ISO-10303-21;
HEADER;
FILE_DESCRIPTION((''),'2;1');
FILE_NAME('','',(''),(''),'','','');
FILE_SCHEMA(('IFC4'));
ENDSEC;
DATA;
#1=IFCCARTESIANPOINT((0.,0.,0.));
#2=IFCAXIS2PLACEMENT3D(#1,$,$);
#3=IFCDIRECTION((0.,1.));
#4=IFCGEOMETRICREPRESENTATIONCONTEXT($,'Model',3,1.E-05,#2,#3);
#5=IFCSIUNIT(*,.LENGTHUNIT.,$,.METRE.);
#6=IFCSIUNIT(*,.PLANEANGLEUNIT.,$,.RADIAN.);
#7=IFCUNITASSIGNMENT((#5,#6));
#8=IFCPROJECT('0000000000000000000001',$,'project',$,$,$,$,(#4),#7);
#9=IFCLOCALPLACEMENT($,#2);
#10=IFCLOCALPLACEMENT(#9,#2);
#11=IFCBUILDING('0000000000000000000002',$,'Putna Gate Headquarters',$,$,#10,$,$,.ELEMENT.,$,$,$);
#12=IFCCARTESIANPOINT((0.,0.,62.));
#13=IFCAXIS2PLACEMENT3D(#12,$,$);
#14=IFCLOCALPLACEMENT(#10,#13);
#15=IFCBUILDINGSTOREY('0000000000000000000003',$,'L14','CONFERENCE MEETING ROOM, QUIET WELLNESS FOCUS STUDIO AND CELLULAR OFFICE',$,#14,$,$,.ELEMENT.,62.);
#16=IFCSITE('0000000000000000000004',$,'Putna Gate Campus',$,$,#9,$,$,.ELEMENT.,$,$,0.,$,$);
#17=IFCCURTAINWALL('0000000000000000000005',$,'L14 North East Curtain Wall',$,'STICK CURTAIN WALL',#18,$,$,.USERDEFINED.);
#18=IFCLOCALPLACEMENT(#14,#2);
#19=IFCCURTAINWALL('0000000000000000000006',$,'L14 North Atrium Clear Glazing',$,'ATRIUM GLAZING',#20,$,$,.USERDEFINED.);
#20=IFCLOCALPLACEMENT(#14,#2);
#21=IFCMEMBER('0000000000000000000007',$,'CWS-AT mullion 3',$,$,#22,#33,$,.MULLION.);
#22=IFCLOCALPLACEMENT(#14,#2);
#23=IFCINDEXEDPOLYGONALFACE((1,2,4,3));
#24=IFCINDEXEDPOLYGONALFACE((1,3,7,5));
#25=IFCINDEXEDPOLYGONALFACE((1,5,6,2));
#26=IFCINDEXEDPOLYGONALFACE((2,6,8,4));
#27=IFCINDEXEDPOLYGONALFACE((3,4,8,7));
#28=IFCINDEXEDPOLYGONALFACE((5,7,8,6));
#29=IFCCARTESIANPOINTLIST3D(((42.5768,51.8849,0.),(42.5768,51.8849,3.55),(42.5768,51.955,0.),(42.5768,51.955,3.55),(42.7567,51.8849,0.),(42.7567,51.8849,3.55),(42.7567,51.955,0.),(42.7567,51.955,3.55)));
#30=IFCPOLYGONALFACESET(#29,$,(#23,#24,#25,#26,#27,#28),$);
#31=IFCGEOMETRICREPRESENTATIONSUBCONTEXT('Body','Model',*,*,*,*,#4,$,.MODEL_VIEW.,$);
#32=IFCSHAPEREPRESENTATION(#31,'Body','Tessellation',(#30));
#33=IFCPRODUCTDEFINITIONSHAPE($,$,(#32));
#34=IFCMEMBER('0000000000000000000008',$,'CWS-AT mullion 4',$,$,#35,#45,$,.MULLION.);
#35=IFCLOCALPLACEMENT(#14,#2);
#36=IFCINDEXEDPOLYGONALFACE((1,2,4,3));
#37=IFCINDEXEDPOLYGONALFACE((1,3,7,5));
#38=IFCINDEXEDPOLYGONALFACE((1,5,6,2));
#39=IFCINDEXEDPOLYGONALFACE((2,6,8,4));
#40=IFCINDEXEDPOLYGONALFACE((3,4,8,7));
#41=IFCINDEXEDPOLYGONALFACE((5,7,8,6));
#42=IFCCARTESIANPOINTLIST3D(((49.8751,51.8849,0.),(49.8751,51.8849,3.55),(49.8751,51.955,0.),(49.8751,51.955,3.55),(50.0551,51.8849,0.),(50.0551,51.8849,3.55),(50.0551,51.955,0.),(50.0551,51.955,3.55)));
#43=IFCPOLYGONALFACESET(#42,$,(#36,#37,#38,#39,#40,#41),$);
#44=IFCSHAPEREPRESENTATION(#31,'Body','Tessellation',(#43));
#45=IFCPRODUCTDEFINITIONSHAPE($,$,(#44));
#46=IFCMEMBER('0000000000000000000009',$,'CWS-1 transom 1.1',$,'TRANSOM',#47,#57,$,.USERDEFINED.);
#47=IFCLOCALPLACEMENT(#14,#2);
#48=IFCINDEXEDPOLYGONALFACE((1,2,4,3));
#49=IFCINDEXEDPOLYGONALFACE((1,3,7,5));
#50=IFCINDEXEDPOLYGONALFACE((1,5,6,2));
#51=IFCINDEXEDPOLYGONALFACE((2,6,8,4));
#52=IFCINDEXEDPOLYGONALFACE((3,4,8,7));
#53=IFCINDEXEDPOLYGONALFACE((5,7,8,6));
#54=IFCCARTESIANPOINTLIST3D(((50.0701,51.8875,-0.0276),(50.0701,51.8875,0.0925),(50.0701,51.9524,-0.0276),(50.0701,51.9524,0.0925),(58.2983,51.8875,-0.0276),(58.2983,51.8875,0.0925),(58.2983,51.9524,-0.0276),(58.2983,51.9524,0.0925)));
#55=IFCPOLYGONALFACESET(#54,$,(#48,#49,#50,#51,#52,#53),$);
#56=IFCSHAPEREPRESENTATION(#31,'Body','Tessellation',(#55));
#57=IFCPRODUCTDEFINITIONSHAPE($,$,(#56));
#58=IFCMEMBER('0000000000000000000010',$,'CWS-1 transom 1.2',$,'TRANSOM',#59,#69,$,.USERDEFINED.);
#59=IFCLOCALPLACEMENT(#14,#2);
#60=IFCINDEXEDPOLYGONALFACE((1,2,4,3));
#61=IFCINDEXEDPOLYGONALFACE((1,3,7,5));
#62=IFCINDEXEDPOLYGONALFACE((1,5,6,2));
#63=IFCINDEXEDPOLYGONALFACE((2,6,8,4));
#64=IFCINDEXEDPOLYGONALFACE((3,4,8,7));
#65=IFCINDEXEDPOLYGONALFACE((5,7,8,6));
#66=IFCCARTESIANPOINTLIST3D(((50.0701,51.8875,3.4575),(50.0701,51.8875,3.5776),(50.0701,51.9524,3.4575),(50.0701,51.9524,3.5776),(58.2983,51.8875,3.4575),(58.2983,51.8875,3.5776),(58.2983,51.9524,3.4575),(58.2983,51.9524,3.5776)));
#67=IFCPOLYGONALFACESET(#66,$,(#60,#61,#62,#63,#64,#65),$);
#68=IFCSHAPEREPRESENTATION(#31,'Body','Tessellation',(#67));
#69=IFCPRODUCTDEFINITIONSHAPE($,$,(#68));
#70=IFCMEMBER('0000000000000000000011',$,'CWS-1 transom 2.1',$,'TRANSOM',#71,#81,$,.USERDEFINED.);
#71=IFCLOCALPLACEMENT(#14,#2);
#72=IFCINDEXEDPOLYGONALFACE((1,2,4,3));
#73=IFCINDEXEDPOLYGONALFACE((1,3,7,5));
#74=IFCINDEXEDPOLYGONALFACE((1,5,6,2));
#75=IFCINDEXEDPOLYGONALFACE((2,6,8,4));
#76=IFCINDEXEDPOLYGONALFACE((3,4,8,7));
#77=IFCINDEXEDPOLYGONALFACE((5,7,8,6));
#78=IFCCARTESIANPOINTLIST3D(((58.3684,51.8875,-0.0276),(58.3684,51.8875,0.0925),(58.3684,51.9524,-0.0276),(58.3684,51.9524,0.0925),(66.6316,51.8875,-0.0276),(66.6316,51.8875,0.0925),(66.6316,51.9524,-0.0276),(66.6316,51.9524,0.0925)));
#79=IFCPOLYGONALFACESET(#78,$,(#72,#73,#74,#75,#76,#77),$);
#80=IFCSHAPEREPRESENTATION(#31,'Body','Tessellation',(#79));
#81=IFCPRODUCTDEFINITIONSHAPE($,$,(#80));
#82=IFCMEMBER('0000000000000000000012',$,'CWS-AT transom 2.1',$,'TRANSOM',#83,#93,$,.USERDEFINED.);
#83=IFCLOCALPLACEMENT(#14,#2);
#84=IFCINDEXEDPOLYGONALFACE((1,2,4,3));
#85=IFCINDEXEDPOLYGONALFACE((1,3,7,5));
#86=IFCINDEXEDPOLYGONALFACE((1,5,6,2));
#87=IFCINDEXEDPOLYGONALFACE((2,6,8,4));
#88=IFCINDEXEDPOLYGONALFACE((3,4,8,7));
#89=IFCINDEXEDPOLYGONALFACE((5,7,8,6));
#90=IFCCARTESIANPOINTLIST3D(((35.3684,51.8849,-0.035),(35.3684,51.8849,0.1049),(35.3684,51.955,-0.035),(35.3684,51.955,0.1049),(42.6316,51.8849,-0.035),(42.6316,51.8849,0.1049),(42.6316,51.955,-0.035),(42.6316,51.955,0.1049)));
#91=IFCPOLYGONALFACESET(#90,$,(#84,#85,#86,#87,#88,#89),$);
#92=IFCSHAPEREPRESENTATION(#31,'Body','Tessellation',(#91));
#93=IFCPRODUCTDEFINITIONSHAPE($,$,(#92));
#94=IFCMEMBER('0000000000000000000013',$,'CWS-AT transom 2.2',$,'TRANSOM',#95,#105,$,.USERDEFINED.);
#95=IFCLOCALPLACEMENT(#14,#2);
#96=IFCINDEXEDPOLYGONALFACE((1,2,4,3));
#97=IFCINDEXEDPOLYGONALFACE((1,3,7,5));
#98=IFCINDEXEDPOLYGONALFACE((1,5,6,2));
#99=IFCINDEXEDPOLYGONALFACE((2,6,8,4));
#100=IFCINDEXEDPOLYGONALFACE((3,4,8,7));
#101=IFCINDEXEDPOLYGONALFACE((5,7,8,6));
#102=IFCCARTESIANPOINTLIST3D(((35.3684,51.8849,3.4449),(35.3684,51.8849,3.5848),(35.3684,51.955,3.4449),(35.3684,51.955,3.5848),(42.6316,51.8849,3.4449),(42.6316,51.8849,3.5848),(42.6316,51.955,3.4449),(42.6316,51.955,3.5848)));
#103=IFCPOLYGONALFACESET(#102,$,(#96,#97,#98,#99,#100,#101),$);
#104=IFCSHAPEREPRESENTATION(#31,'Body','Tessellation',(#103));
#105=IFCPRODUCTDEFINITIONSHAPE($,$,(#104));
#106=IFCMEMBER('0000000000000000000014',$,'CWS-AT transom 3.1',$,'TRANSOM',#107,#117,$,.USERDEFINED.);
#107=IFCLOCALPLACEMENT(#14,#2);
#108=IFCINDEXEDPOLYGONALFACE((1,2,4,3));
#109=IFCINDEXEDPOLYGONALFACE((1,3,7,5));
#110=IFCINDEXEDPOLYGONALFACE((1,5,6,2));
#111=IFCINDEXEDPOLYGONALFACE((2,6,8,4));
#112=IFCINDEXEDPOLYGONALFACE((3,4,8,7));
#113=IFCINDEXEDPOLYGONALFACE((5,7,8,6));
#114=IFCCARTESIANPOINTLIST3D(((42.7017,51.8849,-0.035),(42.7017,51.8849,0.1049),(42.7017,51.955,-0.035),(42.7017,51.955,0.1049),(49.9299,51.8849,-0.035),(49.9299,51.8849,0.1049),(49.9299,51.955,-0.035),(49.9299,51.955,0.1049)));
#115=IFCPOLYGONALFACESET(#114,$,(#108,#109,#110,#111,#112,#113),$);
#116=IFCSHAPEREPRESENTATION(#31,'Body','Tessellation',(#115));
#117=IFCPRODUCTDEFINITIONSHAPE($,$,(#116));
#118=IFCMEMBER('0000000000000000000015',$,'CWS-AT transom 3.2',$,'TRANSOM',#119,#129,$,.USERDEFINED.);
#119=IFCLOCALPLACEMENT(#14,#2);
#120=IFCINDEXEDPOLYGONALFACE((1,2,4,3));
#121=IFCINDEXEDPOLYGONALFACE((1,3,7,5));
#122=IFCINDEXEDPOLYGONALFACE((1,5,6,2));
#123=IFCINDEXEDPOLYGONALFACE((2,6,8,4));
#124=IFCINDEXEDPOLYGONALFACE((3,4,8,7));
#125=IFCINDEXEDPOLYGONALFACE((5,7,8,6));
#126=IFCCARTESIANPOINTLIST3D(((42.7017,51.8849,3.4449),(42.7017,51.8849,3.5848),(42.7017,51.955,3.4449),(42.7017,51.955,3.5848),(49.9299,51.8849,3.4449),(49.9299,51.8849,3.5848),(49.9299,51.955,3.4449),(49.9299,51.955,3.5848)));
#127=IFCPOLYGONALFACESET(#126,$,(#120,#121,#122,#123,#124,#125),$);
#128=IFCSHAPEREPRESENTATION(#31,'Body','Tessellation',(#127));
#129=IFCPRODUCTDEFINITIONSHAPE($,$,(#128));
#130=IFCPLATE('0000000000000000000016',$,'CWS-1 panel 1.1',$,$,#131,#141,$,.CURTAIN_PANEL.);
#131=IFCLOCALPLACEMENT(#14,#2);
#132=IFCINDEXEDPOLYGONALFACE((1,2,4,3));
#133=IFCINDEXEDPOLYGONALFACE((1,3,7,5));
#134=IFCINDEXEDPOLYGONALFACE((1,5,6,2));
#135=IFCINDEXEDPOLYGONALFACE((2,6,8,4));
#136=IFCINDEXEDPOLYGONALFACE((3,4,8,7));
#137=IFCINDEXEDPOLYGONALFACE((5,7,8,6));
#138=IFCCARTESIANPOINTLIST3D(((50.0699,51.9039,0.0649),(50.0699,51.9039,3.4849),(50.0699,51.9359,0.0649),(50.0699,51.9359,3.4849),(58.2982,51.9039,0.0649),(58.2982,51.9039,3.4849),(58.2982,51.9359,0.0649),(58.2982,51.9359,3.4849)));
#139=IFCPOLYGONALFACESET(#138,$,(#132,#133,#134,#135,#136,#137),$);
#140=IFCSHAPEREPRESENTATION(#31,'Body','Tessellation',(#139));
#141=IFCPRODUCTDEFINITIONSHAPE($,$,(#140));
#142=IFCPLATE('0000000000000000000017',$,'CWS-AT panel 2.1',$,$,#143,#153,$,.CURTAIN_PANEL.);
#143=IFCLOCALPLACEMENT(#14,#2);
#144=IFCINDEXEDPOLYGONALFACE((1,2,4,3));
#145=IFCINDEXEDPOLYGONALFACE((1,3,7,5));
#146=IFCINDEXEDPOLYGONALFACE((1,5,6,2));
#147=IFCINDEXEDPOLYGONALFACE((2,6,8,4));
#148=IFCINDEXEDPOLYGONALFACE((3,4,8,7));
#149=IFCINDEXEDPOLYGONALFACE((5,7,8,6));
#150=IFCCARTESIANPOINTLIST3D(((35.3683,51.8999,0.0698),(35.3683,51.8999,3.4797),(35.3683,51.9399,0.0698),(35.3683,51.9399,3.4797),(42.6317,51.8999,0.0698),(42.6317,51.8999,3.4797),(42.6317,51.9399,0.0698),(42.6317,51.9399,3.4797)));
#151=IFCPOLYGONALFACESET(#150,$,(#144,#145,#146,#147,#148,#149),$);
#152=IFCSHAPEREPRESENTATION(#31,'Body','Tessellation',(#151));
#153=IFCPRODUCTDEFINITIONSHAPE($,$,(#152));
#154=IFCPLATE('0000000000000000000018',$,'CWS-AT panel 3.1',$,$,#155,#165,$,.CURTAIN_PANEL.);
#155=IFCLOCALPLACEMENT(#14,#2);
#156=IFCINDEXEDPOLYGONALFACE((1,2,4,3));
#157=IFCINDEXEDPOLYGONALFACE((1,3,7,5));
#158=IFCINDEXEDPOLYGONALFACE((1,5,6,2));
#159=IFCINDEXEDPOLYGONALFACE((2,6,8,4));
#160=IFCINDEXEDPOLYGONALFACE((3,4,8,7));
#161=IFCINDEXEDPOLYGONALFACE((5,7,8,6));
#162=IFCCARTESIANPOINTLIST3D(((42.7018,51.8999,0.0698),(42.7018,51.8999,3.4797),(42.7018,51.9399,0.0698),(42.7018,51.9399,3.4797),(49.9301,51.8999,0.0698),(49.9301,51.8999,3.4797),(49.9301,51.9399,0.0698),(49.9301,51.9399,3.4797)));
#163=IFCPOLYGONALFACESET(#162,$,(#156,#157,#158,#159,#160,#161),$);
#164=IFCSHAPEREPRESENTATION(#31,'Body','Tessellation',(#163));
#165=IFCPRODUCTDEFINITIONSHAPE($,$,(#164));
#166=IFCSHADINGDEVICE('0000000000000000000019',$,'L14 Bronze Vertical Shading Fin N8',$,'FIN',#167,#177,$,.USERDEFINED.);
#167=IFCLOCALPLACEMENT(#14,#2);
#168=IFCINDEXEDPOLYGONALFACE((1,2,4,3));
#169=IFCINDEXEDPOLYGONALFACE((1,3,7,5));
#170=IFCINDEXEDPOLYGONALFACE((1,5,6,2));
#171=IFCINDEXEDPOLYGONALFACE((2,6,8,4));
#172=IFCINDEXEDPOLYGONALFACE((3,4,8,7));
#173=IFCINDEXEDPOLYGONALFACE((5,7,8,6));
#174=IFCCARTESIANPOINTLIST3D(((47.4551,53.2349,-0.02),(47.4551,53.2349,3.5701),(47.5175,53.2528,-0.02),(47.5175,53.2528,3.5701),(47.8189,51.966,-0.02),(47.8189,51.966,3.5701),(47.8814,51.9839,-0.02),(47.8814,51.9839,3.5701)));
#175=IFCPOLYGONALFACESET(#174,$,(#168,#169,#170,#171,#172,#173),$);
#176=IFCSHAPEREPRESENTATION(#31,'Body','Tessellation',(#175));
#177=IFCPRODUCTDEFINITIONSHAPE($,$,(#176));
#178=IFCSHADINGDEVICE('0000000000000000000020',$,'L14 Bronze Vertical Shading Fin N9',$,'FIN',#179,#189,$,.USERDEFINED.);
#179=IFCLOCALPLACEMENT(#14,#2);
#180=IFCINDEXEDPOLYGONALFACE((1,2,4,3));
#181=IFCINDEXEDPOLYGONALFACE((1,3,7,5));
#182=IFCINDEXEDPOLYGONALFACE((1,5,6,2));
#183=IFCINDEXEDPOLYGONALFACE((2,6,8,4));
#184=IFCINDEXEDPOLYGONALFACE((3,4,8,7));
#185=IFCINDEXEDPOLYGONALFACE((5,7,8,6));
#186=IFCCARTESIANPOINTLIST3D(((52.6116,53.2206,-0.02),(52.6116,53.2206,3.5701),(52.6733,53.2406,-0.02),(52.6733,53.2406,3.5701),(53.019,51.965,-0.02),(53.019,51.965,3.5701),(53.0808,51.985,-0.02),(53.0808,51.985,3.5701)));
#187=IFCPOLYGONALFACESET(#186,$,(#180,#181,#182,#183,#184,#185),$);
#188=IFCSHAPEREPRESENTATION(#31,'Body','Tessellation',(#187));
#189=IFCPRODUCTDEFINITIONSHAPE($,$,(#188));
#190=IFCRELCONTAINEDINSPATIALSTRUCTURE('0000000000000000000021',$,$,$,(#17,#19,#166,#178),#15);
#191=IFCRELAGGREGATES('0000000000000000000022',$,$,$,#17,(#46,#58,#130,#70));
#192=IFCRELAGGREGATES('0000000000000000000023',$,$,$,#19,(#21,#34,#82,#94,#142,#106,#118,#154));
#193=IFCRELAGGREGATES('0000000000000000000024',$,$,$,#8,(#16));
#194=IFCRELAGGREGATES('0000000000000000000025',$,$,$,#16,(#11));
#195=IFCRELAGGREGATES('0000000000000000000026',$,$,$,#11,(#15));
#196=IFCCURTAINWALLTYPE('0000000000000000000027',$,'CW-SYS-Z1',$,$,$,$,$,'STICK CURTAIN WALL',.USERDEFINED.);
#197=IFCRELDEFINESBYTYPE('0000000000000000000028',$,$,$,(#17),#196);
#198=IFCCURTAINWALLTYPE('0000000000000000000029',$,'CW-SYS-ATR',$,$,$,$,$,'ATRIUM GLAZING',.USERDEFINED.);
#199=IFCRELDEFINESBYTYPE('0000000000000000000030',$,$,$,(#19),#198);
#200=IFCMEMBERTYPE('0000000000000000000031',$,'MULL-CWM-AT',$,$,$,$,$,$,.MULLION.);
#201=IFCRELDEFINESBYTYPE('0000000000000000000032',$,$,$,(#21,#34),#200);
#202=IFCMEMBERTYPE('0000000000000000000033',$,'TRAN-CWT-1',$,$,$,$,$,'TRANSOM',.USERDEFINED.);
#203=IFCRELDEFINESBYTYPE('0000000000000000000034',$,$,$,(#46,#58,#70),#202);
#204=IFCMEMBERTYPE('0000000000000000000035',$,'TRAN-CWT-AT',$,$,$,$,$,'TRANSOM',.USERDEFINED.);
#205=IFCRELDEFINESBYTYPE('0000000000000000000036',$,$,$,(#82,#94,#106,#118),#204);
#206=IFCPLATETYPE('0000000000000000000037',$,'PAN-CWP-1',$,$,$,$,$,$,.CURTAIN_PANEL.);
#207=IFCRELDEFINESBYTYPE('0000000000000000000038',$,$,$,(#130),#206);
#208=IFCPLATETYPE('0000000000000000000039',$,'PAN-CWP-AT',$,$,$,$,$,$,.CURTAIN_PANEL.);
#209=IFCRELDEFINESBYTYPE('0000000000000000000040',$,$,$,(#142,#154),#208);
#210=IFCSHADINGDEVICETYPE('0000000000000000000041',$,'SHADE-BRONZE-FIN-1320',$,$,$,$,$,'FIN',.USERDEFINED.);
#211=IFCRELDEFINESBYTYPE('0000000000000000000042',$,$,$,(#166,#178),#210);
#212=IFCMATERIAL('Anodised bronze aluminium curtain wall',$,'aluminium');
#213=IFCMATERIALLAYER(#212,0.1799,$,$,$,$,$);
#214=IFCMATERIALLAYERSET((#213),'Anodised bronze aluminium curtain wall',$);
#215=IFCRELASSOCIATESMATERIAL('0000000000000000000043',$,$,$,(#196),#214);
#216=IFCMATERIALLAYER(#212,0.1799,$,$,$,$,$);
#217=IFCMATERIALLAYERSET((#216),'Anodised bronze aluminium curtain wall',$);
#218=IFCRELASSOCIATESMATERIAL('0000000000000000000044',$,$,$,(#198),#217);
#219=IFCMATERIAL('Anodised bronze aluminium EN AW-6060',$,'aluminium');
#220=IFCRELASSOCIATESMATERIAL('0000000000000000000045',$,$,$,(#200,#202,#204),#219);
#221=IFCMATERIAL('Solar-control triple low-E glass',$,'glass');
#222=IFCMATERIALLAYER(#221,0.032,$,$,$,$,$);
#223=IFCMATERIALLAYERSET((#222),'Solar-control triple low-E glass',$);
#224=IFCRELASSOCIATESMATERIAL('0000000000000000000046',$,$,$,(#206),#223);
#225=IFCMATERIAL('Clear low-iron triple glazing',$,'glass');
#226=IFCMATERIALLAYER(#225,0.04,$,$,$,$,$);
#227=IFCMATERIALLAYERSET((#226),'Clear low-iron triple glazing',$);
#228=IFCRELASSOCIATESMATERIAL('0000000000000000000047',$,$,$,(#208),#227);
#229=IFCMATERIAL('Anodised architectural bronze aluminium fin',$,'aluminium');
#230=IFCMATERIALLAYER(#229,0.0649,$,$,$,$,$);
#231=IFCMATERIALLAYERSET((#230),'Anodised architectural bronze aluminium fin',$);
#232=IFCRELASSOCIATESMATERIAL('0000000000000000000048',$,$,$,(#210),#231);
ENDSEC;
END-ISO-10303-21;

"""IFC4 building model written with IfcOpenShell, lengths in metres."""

from ifc_helpers import new_model, si_unit, direction, frame, origin, origin_2d, place, context, subcontext, project, spatial, rectangle, extrude, material, layer, layer_set, material_profile, profile_set, type_object, element, aggregate, save


model = new_model("IFC4")

# Units and contexts
model_context = context("Model", 3, precision=1e-05, world=origin(), true_north=direction((0.0, 1.0)))
body_context = subcontext(model_context, "Body", "Model", "MODEL_VIEW")
ifc_project = project(units=[si_unit("LENGTHUNIT", "METRE"), si_unit("PLANEANGLEUNIT", "RADIAN")], contexts=[model_context])

# Site, building, storey
site_placement = place(None, origin())
site = spatial("IfcSite", under=ifc_project, at=site_placement, Name="Putna Gate Campus", CompositionType="ELEMENT", RefElevation=0.0)
building_placement = place(site_placement, origin())
building = spatial("IfcBuilding", under=site, at=building_placement, Name="Putna Gate Headquarters", CompositionType="ELEMENT")
storey_placement = place(building_placement, frame((0.0, 0.0, 62.0)))
storey = spatial("IfcBuildingStorey", under=building, at=storey_placement, Name="L14", Description="CONFERENCE MEETING ROOM, QUIET WELLNESS FOCUS STUDIO AND CELLULAR OFFICE", CompositionType="ELEMENT", Elevation=62.0)

# Curtain walls, members
ifc_material_1 = material(Name="Anodised bronze aluminium curtain wall", Category="aluminium")
ifc_layer_1 = layer(ifc_material_1, 0.1799)
ifc_layer_set_1 = layer_set([ifc_layer_1], Name="Anodised bronze aluminium curtain wall")
curtain_wall_type_1 = type_object("IfcCurtainWallType", Name="CW-SYS-Z1", ElementType="STICK CURTAIN WALL", PredefinedType="USERDEFINED", material=ifc_layer_set_1)
curtain_wall_1_placement = place(storey_placement, origin())
curtain_wall_1 = element("IfcCurtainWall", 1, at=curtain_wall_1_placement, inside=storey, type_object=curtain_wall_type_1, Name="L14 North East Curtain Wall", ObjectType="STICK CURTAIN WALL", PredefinedType="USERDEFINED")
ifc_material_2 = material(Name="Anodised bronze aluminium EN AW-6060", Category="aluminium")
ifc_layer_2 = layer(ifc_material_1, 0.1799)
ifc_layer_set_2 = layer_set([ifc_layer_2], Name="Anodised bronze aluminium curtain wall")
curtain_wall_type_2 = type_object("IfcCurtainWallType", Name="CW-SYS-ATR", ElementType="ATRIUM GLAZING", PredefinedType="USERDEFINED", material=ifc_layer_set_2)
curtain_wall_2_placement = place(storey_placement, origin())
curtain_wall_2 = element("IfcCurtainWall", 2, at=curtain_wall_2_placement, inside=storey, type_object=curtain_wall_type_2, Name="L14 North Atrium Clear Glazing", ObjectType="ATRIUM GLAZING", PredefinedType="USERDEFINED")
ifc_material_profile_1 = material_profile(ifc_material_2, rectangle(XDim=0.0701, YDim=0.1799, at=origin_2d()), Name="Anodised bronze aluminium EN AW-6060")
ifc_profile_set_1 = profile_set([ifc_material_profile_1], Name="Anodised bronze aluminium EN AW-6060")
member_type_1 = type_object("IfcMemberType", Name="MULL-CWM-AT", PredefinedType="MULLION", material=ifc_profile_set_1)
member_1_placement = place(storey_placement, frame((42.6667, 51.9199, 0.0), z_axis=(0.0, 0.0, 1.0), x_axis=(0.0, 1.0, 0.0)))
member_1 = element("IfcMember", 3, at=member_1_placement, type_object=member_type_1, Name="CWS-AT mullion 3", PredefinedType="MULLION", context=body_context, shape_type="SweptSolid", body=[
    extrude(rectangle(XDim=0.0701, YDim=0.1799, at=origin_2d()), origin(), (0.0, 0.0, 1.0), 3.55),
])
member_2_placement = place(storey_placement, frame((49.9651, 51.9199, 0.0), z_axis=(0.0, 0.0, 1.0), x_axis=(0.0, 1.0, 0.0)))
member_2 = element("IfcMember", 4, at=member_2_placement, type_object=member_type_1, Name="CWS-AT mullion 4", PredefinedType="MULLION", context=body_context, shape_type="SweptSolid", body=[
    extrude(rectangle(XDim=0.0701, YDim=0.1799, at=origin_2d()), origin(), (0.0, 0.0, 1.0), 3.55),
])

# Members
ifc_material_profile_2 = material_profile(ifc_material_2, rectangle(XDim=0.0649, YDim=0.1201, at=origin_2d()), Name="Anodised bronze aluminium EN AW-6060")
ifc_profile_set_2 = profile_set([ifc_material_profile_2], Name="Anodised bronze aluminium EN AW-6060")
member_type_2 = type_object("IfcMemberType", Name="TRAN-CWT-1", ElementType="TRANSOM", PredefinedType="USERDEFINED", material=ifc_profile_set_2)
member_3_placement = place(storey_placement, frame((50.0701, 51.9199, 0.0325), z_axis=(1.0, 0.0, 0.0), x_axis=(0.0, 1.0, 0.0)))
member_3 = element("IfcMember", 5, at=member_3_placement, type_object=member_type_2, Name="CWS-1 transom 1.1", ObjectType="TRANSOM", PredefinedType="USERDEFINED", context=body_context, shape_type="SweptSolid", body=[
    extrude(rectangle(XDim=0.0649, YDim=0.1201, at=origin_2d()), origin(), (0.0, 0.0, 1.0), 8.2283),
])
member_4_placement = place(storey_placement, frame((50.0701, 51.9199, 3.5176), z_axis=(1.0, 0.0, 0.0), x_axis=(0.0, 1.0, 0.0)))
member_4 = element("IfcMember", 6, at=member_4_placement, type_object=member_type_2, Name="CWS-1 transom 1.2", ObjectType="TRANSOM", PredefinedType="USERDEFINED", context=body_context, shape_type="SweptSolid", body=[
    extrude(rectangle(XDim=0.0649, YDim=0.1201, at=origin_2d()), origin(), (0.0, 0.0, 1.0), 8.2283),
])
member_5_placement = place(storey_placement, frame((58.3684, 51.9199, 0.0325), z_axis=(1.0, 0.0, 0.0), x_axis=(0.0, 1.0, 0.0)))
member_5 = element("IfcMember", 7, at=member_5_placement, type_object=member_type_2, Name="CWS-1 transom 2.1", ObjectType="TRANSOM", PredefinedType="USERDEFINED", context=body_context, shape_type="SweptSolid", body=[
    extrude(rectangle(XDim=0.0649, YDim=0.1201, at=origin_2d()), origin(), (0.0, 0.0, 1.0), 8.2632),
])
ifc_material_profile_3 = material_profile(ifc_material_2, rectangle(XDim=0.0701, YDim=0.1399, at=origin_2d()), Name="Anodised bronze aluminium EN AW-6060")
ifc_profile_set_3 = profile_set([ifc_material_profile_3], Name="Anodised bronze aluminium EN AW-6060")
member_type_3 = type_object("IfcMemberType", Name="TRAN-CWT-AT", ElementType="TRANSOM", PredefinedType="USERDEFINED", material=ifc_profile_set_3)
member_6_placement = place(storey_placement, frame((35.3684, 51.9199, 0.0349), z_axis=(1.0, 0.0, 0.0), x_axis=(0.0, 1.0, 0.0)))
member_6 = element("IfcMember", 8, at=member_6_placement, type_object=member_type_3, Name="CWS-AT transom 2.1", ObjectType="TRANSOM", PredefinedType="USERDEFINED", context=body_context, shape_type="SweptSolid", body=[
    extrude(rectangle(XDim=0.0701, YDim=0.1399, at=origin_2d()), origin(), (0.0, 0.0, 1.0), 7.2632),
])
member_7_placement = place(storey_placement, frame((35.3684, 51.9199, 3.5149), z_axis=(1.0, 0.0, 0.0), x_axis=(0.0, 1.0, 0.0)))
member_7 = element("IfcMember", 9, at=member_7_placement, type_object=member_type_3, Name="CWS-AT transom 2.2", ObjectType="TRANSOM", PredefinedType="USERDEFINED", context=body_context, shape_type="SweptSolid", body=[
    extrude(rectangle(XDim=0.0701, YDim=0.1399, at=origin_2d()), origin(), (0.0, 0.0, 1.0), 7.2632),
])
member_8_placement = place(storey_placement, frame((42.7017, 51.9199, 0.0349), z_axis=(1.0, 0.0, 0.0), x_axis=(0.0, 1.0, 0.0)))
member_8 = element("IfcMember", 10, at=member_8_placement, type_object=member_type_3, Name="CWS-AT transom 3.1", ObjectType="TRANSOM", PredefinedType="USERDEFINED", context=body_context, shape_type="SweptSolid", body=[
    extrude(rectangle(XDim=0.0701, YDim=0.1399, at=origin_2d()), origin(), (0.0, 0.0, 1.0), 7.2283),
])
member_9_placement = place(storey_placement, frame((42.7017, 51.9199, 3.5149), z_axis=(1.0, 0.0, 0.0), x_axis=(0.0, 1.0, 0.0)))
member_9 = element("IfcMember", 11, at=member_9_placement, type_object=member_type_3, Name="CWS-AT transom 3.2", ObjectType="TRANSOM", PredefinedType="USERDEFINED", context=body_context, shape_type="SweptSolid", body=[
    extrude(rectangle(XDim=0.0701, YDim=0.1399, at=origin_2d()), origin(), (0.0, 0.0, 1.0), 7.2283),
])

# Plates
ifc_material_3 = material(Name="Solar-control triple low-E glass", Category="glass")
ifc_layer_3 = layer(ifc_material_3, 0.032)
ifc_layer_set_3 = layer_set([ifc_layer_3], Name="Solar-control triple low-E glass")
plate_type_1 = type_object("IfcPlateType", Name="PAN-CWP-1", PredefinedType="CURTAIN_PANEL", material=ifc_layer_set_3)
plate_1_placement = place(storey_placement, frame((54.1841, 51.9199, 0.0649), z_axis=(0.0, 0.0, 1.0), x_axis=(1.0, 0.0, 0.0)))
plate_1 = element("IfcPlate", 12, at=plate_1_placement, type_object=plate_type_1, Name="CWS-1 panel 1.1", PredefinedType="CURTAIN_PANEL", context=body_context, shape_type="SweptSolid", body=[
    extrude(rectangle(XDim=8.2283, YDim=0.032, at=origin_2d()), origin(), (0.0, 0.0, 1.0), 3.4199),
])
aggregate(curtain_wall_1, [member_3, member_4, plate_1, member_5])
ifc_material_4 = material(Name="Clear low-iron triple glazing", Category="glass")
ifc_layer_4 = layer(ifc_material_4, 0.04)
ifc_layer_set_4 = layer_set([ifc_layer_4], Name="Clear low-iron triple glazing")
plate_type_2 = type_object("IfcPlateType", Name="PAN-CWP-AT", PredefinedType="CURTAIN_PANEL", material=ifc_layer_set_4)
plate_2_placement = place(storey_placement, frame((39.0, 51.9199, 0.0698), z_axis=(0.0, 0.0, 1.0), x_axis=(1.0, 0.0, 0.0)))
plate_2 = element("IfcPlate", 13, at=plate_2_placement, type_object=plate_type_2, Name="CWS-AT panel 2.1", PredefinedType="CURTAIN_PANEL", context=body_context, shape_type="SweptSolid", body=[
    extrude(rectangle(XDim=7.2634, YDim=0.04, at=origin_2d()), origin(), (0.0, 0.0, 1.0), 3.4099),
])
plate_3_placement = place(storey_placement, frame((46.3159, 51.9199, 0.0698), z_axis=(0.0, 0.0, 1.0), x_axis=(1.0, 0.0, 0.0)))
plate_3 = element("IfcPlate", 14, at=plate_3_placement, type_object=plate_type_2, Name="CWS-AT panel 3.1", PredefinedType="CURTAIN_PANEL", context=body_context, shape_type="SweptSolid", body=[
    extrude(rectangle(XDim=7.2283, YDim=0.04, at=origin_2d()), origin(), (0.0, 0.0, 1.0), 3.4099),
])
aggregate(curtain_wall_2, [member_1, member_2, member_6, member_7, plate_2, member_8, member_9, plate_3])

# Shading devices
ifc_material_5 = material(Name="Anodised architectural bronze aluminium fin", Category="aluminium")
ifc_layer_5 = layer(ifc_material_5, 0.0649)
ifc_layer_set_5 = layer_set([ifc_layer_5], Name="Anodised architectural bronze aluminium fin")
shading_device_type = type_object("IfcShadingDeviceType", Name="SHADE-BRONZE-FIN-1320", ElementType="FIN", PredefinedType="USERDEFINED", material=ifc_layer_set_5)
for number, where, z_axis, x_axis, name in (
    (15, (47.6682, 52.6094, -0.02), (0.0, 0.0, 1.0), (-0.275637, 0.961262, 0.0), "L14 Bronze Vertical Shading Fin N8"),
    (16, (52.8462, 52.6028, -0.02), (0.0, 0.0, 1.0), (-0.308685, 0.951164, 0.0), "L14 Bronze Vertical Shading Fin N9"),
):
    element("IfcShadingDevice", number, at=place(storey_placement, frame(where, z_axis=z_axis, x_axis=x_axis)), inside=storey, type_object=shading_device_type, Name=name, ObjectType="FIN", PredefinedType="USERDEFINED", context=body_context, shape_type="SweptSolid", body=[
        extrude(rectangle(XDim=1.3201, YDim=0.0649, at=origin_2d()), origin(), (0.0, 0.0, 1.0), 3.5901),
    ])

save(model, "model.ifc")
